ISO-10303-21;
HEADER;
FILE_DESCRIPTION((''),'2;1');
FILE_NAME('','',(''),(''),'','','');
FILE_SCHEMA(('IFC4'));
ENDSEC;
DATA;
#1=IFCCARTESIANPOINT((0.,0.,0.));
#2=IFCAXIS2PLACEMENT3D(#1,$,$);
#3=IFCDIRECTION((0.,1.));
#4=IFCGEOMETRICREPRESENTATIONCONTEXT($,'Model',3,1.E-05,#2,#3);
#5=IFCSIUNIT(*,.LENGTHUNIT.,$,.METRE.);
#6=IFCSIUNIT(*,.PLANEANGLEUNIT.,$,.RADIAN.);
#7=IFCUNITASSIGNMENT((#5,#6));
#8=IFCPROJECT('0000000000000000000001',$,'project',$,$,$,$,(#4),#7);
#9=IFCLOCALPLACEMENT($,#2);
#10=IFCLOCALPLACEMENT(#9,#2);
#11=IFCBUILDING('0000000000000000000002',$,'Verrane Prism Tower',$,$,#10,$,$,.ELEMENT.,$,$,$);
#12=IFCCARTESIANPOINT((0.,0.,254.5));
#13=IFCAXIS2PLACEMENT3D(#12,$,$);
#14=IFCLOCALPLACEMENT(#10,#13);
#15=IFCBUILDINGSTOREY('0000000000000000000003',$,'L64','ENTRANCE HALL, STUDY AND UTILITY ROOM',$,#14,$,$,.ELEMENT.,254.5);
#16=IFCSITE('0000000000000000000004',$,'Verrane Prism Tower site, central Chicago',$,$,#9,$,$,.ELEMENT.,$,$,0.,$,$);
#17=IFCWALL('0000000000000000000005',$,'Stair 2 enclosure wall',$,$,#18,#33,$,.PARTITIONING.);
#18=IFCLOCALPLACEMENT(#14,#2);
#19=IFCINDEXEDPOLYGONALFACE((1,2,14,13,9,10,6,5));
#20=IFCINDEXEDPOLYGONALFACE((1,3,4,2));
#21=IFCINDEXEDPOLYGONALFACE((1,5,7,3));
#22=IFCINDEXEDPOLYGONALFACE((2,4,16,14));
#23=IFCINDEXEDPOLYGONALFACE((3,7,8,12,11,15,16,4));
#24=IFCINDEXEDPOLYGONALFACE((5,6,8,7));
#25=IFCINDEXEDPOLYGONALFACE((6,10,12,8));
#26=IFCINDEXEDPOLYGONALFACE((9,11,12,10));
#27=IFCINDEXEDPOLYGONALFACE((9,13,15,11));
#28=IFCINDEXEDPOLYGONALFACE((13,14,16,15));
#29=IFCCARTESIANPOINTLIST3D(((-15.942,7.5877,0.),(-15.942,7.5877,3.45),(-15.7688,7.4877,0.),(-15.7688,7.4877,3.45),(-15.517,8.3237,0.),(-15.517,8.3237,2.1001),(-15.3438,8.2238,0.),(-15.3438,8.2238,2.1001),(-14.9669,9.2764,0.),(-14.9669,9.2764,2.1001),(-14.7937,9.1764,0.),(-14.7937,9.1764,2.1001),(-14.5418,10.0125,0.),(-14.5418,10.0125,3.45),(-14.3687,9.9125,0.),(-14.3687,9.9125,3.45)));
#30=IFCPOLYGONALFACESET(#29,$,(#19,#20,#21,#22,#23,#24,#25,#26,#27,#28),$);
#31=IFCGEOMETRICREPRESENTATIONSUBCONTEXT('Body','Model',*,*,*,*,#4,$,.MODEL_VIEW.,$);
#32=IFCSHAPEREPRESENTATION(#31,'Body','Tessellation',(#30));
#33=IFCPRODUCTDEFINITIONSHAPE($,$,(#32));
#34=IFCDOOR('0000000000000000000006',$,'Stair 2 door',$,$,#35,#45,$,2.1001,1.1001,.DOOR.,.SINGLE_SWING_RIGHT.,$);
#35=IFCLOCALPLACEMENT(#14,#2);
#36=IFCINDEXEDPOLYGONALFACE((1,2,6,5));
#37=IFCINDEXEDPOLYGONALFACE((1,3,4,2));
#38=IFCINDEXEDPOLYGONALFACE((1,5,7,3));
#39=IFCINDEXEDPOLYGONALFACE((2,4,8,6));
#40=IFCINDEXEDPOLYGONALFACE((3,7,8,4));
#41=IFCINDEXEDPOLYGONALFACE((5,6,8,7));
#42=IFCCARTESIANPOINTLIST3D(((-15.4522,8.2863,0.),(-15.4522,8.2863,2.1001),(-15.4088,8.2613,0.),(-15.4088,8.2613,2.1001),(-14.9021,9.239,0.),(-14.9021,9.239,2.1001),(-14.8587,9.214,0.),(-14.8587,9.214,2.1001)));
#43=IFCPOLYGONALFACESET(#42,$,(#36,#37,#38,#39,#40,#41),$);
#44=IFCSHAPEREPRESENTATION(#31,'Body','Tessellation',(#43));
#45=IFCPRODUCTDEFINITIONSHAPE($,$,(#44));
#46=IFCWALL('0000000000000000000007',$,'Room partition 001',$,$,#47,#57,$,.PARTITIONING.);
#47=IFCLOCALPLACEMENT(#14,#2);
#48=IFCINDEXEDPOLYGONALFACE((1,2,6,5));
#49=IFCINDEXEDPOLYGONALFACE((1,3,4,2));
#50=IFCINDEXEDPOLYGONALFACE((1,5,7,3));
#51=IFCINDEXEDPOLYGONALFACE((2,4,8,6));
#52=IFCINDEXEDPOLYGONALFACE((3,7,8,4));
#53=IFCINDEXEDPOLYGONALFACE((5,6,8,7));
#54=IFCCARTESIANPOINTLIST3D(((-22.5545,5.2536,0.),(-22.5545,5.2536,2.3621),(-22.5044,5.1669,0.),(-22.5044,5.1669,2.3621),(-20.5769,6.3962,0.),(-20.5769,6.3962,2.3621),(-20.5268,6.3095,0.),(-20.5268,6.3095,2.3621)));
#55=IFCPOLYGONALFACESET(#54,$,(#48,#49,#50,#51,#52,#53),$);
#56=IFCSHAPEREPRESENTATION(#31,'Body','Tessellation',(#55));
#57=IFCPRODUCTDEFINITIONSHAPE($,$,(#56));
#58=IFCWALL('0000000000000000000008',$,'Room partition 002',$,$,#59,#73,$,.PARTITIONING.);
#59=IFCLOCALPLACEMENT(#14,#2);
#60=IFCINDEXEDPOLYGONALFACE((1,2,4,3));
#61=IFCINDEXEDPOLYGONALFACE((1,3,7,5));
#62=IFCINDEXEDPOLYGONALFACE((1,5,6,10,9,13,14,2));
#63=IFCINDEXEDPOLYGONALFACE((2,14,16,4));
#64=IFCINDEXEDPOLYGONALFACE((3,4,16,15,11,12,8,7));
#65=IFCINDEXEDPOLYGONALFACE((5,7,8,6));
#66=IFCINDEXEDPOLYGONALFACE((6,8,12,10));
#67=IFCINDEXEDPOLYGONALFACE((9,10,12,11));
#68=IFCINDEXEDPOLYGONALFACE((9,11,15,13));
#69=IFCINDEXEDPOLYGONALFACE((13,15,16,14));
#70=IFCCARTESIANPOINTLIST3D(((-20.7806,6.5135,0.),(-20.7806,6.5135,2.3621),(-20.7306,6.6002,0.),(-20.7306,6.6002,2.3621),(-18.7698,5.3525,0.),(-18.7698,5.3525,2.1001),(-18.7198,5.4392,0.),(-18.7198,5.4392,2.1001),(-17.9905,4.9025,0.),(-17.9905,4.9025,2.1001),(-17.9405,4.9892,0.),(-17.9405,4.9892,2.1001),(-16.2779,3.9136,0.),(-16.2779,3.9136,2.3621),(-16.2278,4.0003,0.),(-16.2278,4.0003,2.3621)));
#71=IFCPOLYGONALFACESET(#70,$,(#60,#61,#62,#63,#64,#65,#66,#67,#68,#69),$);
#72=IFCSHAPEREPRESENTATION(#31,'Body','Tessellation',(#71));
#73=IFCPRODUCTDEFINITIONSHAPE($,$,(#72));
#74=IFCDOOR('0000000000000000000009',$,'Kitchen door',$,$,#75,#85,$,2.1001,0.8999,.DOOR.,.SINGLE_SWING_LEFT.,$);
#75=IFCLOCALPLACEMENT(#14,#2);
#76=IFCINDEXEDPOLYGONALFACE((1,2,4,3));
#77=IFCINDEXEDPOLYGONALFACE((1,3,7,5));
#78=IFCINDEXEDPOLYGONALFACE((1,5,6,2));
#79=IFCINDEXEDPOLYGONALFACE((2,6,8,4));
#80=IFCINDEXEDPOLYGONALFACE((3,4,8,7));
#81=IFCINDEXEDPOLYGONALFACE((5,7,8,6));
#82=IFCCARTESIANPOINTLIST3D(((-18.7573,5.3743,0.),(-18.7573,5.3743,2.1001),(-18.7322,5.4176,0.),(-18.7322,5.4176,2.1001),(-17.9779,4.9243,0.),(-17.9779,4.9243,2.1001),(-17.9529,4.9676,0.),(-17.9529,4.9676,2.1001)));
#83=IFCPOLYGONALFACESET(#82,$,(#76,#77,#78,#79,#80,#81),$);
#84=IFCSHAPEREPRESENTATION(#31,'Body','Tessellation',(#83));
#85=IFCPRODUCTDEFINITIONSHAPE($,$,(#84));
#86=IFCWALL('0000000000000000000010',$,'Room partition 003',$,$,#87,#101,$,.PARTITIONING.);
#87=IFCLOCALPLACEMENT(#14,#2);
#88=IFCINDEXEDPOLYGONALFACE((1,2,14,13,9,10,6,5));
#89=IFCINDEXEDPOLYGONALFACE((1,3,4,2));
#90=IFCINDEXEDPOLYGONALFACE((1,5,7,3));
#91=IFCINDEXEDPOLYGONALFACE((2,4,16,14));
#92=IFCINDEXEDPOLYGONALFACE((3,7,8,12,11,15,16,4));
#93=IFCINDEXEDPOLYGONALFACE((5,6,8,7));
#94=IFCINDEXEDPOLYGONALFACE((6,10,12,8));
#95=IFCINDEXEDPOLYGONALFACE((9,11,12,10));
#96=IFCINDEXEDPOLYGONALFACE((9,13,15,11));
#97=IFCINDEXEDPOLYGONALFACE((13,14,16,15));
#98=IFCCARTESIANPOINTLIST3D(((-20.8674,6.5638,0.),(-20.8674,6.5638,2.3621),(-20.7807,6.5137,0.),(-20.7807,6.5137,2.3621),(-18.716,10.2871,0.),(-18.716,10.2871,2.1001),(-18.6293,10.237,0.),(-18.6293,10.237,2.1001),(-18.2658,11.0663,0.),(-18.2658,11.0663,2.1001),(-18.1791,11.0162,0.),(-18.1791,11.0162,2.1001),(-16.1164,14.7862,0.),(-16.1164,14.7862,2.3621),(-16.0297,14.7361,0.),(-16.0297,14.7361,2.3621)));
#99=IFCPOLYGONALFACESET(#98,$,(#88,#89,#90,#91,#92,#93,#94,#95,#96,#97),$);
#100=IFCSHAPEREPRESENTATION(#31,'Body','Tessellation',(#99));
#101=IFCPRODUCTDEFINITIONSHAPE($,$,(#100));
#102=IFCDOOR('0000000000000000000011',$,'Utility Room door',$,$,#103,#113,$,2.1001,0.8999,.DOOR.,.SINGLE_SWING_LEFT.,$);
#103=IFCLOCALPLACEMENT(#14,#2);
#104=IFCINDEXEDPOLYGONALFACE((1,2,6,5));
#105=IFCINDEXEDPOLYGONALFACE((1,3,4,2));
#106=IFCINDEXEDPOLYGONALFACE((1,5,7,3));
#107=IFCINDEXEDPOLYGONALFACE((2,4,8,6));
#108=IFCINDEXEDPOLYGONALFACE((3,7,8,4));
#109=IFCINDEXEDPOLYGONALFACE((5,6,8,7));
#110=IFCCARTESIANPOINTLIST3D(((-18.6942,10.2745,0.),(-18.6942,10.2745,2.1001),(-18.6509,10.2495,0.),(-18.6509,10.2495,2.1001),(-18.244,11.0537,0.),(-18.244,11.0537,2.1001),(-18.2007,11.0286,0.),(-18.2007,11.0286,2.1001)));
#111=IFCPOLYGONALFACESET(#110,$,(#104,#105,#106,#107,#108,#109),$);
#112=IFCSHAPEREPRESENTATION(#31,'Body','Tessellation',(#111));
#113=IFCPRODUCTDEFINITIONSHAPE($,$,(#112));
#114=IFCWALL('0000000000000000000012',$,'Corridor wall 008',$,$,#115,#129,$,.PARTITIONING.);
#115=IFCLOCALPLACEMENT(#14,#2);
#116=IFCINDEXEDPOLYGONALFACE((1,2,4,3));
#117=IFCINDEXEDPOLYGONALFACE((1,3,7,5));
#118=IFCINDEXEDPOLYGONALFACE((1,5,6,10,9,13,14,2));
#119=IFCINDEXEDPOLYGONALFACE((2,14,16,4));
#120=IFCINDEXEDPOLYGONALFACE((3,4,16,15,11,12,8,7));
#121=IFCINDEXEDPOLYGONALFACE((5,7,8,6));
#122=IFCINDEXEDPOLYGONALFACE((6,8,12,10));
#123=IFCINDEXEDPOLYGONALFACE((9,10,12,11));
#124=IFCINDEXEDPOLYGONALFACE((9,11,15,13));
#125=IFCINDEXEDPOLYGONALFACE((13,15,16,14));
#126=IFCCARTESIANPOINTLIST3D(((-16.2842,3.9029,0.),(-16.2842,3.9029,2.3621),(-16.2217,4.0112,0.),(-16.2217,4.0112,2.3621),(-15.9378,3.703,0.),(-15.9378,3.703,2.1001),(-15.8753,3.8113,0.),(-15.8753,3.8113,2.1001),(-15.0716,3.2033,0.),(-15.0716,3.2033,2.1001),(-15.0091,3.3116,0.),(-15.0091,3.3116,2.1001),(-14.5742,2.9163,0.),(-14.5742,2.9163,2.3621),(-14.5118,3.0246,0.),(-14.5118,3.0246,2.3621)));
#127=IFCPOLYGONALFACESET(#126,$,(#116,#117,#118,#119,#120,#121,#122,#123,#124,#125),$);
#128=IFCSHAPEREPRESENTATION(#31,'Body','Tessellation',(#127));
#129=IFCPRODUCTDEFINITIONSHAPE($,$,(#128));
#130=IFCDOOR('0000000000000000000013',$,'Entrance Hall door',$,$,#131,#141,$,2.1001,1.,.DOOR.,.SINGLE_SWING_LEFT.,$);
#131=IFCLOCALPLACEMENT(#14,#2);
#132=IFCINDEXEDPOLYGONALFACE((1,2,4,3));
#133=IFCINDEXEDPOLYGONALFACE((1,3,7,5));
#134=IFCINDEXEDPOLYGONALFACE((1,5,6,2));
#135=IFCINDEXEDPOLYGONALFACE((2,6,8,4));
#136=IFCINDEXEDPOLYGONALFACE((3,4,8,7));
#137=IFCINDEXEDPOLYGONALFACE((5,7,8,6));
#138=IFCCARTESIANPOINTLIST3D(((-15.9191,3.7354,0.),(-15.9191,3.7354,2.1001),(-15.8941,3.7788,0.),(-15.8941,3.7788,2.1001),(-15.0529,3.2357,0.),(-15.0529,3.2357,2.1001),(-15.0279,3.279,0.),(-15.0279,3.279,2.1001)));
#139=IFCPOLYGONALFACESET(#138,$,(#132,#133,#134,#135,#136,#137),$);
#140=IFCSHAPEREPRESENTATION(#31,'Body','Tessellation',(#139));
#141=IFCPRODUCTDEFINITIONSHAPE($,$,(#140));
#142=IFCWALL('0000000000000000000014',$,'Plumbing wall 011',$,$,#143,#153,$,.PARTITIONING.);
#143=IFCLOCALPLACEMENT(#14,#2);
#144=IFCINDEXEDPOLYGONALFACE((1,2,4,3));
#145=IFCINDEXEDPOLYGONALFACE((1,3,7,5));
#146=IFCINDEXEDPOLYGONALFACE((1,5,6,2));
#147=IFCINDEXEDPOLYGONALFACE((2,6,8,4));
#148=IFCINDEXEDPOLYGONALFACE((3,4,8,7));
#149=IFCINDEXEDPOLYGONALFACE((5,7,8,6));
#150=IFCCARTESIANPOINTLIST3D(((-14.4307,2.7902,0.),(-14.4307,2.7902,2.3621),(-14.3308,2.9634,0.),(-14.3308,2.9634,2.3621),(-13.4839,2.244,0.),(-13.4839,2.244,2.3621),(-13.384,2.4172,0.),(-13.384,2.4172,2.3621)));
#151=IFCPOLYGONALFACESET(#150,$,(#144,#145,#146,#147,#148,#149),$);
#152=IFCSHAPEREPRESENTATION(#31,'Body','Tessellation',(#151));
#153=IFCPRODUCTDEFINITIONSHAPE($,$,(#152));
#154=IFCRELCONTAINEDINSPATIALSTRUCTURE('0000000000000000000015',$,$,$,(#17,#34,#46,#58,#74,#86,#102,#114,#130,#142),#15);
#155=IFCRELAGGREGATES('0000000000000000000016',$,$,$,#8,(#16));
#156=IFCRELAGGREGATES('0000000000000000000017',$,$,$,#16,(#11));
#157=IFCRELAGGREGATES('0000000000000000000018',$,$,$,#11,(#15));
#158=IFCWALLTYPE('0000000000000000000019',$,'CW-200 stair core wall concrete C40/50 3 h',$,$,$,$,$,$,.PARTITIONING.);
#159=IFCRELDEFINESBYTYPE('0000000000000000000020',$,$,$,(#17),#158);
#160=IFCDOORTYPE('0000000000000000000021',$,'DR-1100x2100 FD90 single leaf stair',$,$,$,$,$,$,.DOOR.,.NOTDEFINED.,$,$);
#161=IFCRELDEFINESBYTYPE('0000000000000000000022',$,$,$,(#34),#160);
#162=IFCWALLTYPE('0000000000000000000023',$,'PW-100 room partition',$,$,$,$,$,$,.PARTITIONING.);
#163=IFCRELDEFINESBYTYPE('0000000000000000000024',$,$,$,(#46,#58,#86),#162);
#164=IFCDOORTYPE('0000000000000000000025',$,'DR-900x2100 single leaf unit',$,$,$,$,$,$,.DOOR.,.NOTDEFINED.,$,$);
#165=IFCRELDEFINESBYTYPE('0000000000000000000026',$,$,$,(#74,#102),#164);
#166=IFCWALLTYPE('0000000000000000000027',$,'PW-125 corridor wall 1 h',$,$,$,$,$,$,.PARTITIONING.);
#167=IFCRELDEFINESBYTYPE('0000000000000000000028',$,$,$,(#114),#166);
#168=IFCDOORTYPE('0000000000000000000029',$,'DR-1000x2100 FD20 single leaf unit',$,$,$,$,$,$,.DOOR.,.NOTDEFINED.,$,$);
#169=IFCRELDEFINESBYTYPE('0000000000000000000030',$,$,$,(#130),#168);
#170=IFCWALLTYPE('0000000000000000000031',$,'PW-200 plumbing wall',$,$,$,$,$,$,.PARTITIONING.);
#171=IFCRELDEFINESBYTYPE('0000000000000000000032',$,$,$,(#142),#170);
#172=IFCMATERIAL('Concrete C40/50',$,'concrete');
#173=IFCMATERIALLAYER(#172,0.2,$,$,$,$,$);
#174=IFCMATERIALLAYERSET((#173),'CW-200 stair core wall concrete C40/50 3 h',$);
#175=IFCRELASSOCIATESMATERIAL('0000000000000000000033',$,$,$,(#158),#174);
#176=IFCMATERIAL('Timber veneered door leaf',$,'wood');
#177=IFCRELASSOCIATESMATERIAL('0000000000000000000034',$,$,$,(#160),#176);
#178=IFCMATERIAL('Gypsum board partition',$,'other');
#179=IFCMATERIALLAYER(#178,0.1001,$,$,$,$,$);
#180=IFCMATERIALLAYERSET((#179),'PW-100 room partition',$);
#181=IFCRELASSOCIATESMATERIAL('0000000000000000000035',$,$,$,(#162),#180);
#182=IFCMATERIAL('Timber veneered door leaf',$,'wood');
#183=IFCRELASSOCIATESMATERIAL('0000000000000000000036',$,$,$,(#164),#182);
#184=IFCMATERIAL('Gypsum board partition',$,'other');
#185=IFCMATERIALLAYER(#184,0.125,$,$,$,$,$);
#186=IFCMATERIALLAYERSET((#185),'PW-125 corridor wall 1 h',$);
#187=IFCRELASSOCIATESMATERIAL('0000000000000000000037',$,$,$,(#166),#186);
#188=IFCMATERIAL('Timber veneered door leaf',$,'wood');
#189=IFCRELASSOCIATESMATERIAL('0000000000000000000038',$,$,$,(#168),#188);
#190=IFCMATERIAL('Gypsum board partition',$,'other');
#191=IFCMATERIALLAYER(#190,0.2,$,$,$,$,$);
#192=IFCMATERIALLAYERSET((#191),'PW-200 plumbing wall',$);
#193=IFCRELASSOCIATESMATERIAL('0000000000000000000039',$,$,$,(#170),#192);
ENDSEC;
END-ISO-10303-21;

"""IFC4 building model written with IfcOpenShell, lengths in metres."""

from ifc_helpers import new_model, si_unit, direction, frame, frame_2d, origin, place, context, subcontext, project, spatial, rectangle, extrude, material, layer, layer_set, type_object, element, fill, save


model = new_model("IFC4")

# Units and contexts
model_context = context("Model", 3, precision=1e-05, world=origin(), true_north=direction((0.0, 1.0)))
body_context = subcontext(model_context, "Body", "Model", "MODEL_VIEW")
ifc_project = project(units=[si_unit("LENGTHUNIT", "METRE"), si_unit("PLANEANGLEUNIT", "RADIAN")], contexts=[model_context])

# Site, building, storey
site_placement = place(None, origin())
site = spatial("IfcSite", under=ifc_project, at=site_placement, Name="Verrane Prism Tower site, central Chicago", CompositionType="ELEMENT", RefElevation=0.0)
building_placement = place(site_placement, origin())
building = spatial("IfcBuilding", under=site, at=building_placement, Name="Verrane Prism Tower", CompositionType="ELEMENT")
storey_placement = place(building_placement, frame((0.0, 0.0, 254.5)))
storey = spatial("IfcBuildingStorey", under=building, at=storey_placement, Name="L64", Description="ENTRANCE HALL, STUDY AND UTILITY ROOM", CompositionType="ELEMENT", Elevation=254.5)

# Wall, opening, door
ifc_material_1 = material(Name="Concrete C40/50", Category="concrete")
ifc_layer_1 = layer(ifc_material_1, 0.2)
ifc_layer_set_1 = layer_set([ifc_layer_1], Name="CW-200 stair core wall concrete C40/50 3 h")
wall_type_1 = type_object("IfcWallType", Name="CW-200 stair core wall concrete C40/50 3 h", PredefinedType="PARTITIONING", material=ifc_layer_set_1)
wall_1_placement = place(storey_placement, frame((-14.4553, 9.9624, 0.0), z_axis=(0.0, 0.0, 1.0), x_axis=(-0.50005, -0.865997, 0.0)))
wall_1 = element("IfcWall", 1, at=wall_1_placement, inside=storey, type_object=wall_type_1, Name="Stair 2 enclosure wall", PredefinedType="PARTITIONING", context=body_context, shape_type="SweptSolid", body=[
    extrude(rectangle(XDim=2.8, YDim=0.2, at=frame_2d((1.3999, 0.0))), origin(), (0.0, 0.0, 1.0), 3.45),
])
opening_1_placement = place(wall_1_placement, frame((0.8499, 0.0, 0.0)))
opening_1 = element("IfcOpeningElement", 2, at=opening_1_placement, cuts=wall_1, PredefinedType="OPENING", context=body_context, shape_type="SweptSolid", body=[
    extrude(rectangle(XDim=1.1001, YDim=2.1001, at=frame_2d((0.55, 1.05))), frame((0.0, 0.1099, 0.0), z_axis=(0.0, -1.0, 0.0), x_axis=(1.0, 0.0, 0.0)), (0.0, 0.0, 1.0), 0.22),
])
ifc_material_2 = material(Name="Timber veneered door leaf", Category="wood")
door_type_1 = type_object("IfcDoorType", Name="DR-1100x2100 FD90 single leaf stair", OperationType="NOTDEFINED", PredefinedType="DOOR", material=ifc_material_2)
door_1_placement = place(opening_1_placement, origin())
door_1 = element("IfcDoor", 3, at=door_1_placement, inside=storey, type_object=door_type_1, Name="Stair 2 door", OperationType="SINGLE_SWING_RIGHT", OverallHeight=2.1001, OverallWidth=1.1001, PredefinedType="DOOR", context=body_context, shape_type="SweptSolid", body=[
    extrude(rectangle(XDim=1.1001, YDim=2.1001, at=frame_2d((0.55, 1.05))), frame((0.0, 0.0249, 0.0), z_axis=(0.0, -1.0, 0.0), x_axis=(1.0, 0.0, 0.0)), (0.0, 0.0, 1.0), 0.05),
])
fill(opening_1, door_1)

# Wall
ifc_material_3 = material(Name="Gypsum board partition", Category="other")
ifc_layer_2 = layer(ifc_material_3, 0.1001)
ifc_layer_set_2 = layer_set([ifc_layer_2], Name="PW-100 room partition")
wall_type_2 = type_object("IfcWallType", Name="PW-100 room partition", PredefinedType="PARTITIONING", material=ifc_layer_set_2)
wall_2_placement = place(storey_placement, frame((-22.5295, 5.2102, 0.0), z_axis=(0.0, 0.0, 1.0), x_axis=(0.865865, 0.500278, 0.0)))
element("IfcWall", 4, at=wall_2_placement, inside=storey, type_object=wall_type_2, Name="Room partition 001", PredefinedType="PARTITIONING", context=body_context, shape_type="SweptSolid", body=[
    extrude(rectangle(XDim=2.2839, YDim=0.1001, at=frame_2d((1.1421, 0.0))), origin(), (0.0, 0.0, 1.0), 2.3621),
])

# Walls, openings, doors
wall_3_placement = place(storey_placement, frame((-16.2529, 3.957, 0.0), z_axis=(0.0, 0.0, 1.0), x_axis=(-0.866007, 0.500033, 0.0)))
wall_3 = element("IfcWall", 5, at=wall_3_placement, inside=storey, type_object=wall_type_2, Name="Room partition 002", PredefinedType="PARTITIONING", context=body_context, shape_type="SweptSolid", body=[
    extrude(rectangle(XDim=5.1995, YDim=0.1001, at=frame_2d((2.5996, 0.0))), origin(), (0.0, 0.0, 1.0), 2.3621),
])
opening_2_placement = place(wall_3_placement, frame((1.9775, 0.0, 0.0)))
opening_2 = element("IfcOpeningElement", 6, at=opening_2_placement, cuts=wall_3, PredefinedType="OPENING", context=body_context, shape_type="SweptSolid", body=[
    extrude(rectangle(XDim=0.8999, YDim=2.1001, at=frame_2d((0.45, 1.05))), frame((0.0, 0.0601, 0.0), z_axis=(0.0, -1.0, 0.0), x_axis=(1.0, 0.0, 0.0)), (0.0, 0.0, 1.0), 0.1201),
])
ifc_material_4 = material(Name="Timber veneered door leaf", Category="wood")
door_type_2 = type_object("IfcDoorType", Name="DR-900x2100 single leaf unit", OperationType="NOTDEFINED", PredefinedType="DOOR", material=ifc_material_4)
door_2_placement = place(opening_2_placement, origin())
door_2 = element("IfcDoor", 7, at=door_2_placement, inside=storey, type_object=door_type_2, Name="Kitchen door", OperationType="SINGLE_SWING_LEFT", OverallHeight=2.1001, OverallWidth=0.8999, PredefinedType="DOOR", context=body_context, shape_type="SweptSolid", body=[
    extrude(rectangle(XDim=0.8999, YDim=2.1001, at=frame_2d((0.45, 1.05))), frame((0.0, 0.0249, 0.0), z_axis=(0.0, -1.0, 0.0), x_axis=(1.0, 0.0, 0.0)), (0.0, 0.0, 1.0), 0.05),
])
fill(opening_2, door_2)
wall_4_placement = place(storey_placement, frame((-20.824, 6.5388, 0.0), z_axis=(0.0, 0.0, 1.0), x_axis=(0.500297, 0.865854, 0.0)))
wall_4 = element("IfcWall", 8, at=wall_4_placement, inside=storey, type_object=wall_type_2, Name="Room partition 003", PredefinedType="PARTITIONING", context=body_context, shape_type="SweptSolid", body=[
    extrude(rectangle(XDim=9.4963, YDim=0.1001, at=frame_2d((4.748, 0.0))), origin(), (0.0, 0.0, 1.0), 2.3621),
])
opening_3_placement = place(wall_4_placement, frame((4.3, 0.0, 0.0)))
opening_3 = element("IfcOpeningElement", 9, at=opening_3_placement, cuts=wall_4, PredefinedType="OPENING", context=body_context, shape_type="SweptSolid", body=[
    extrude(rectangle(XDim=0.8999, YDim=2.1001, at=frame_2d((0.45, 1.05))), frame((0.0, 0.0601, 0.0), z_axis=(0.0, -1.0, 0.0), x_axis=(1.0, 0.0, 0.0)), (0.0, 0.0, 1.0), 0.1201),
])
door_3_placement = place(opening_3_placement, origin())
door_3 = element("IfcDoor", 10, at=door_3_placement, inside=storey, type_object=door_type_2, Name="Utility Room door", OperationType="SINGLE_SWING_LEFT", OverallHeight=2.1001, OverallWidth=0.8999, PredefinedType="DOOR", context=body_context, shape_type="SweptSolid", body=[
    extrude(rectangle(XDim=0.8999, YDim=2.1001, at=frame_2d((0.45, 1.05))), frame((0.0, 0.0249, 0.0), z_axis=(0.0, -1.0, 0.0), x_axis=(1.0, 0.0, 0.0)), (0.0, 0.0, 1.0), 0.05),
])
fill(opening_3, door_3)
ifc_material_5 = material(Name="Gypsum board partition", Category="other")
ifc_layer_3 = layer(ifc_material_5, 0.125)
ifc_layer_set_3 = layer_set([ifc_layer_3], Name="PW-125 corridor wall 1 h")
wall_type_3 = type_object("IfcWallType", Name="PW-125 corridor wall 1 h", PredefinedType="PARTITIONING", material=ifc_layer_set_3)
wall_5_placement = place(storey_placement, frame((-16.2529, 3.957, 0.0), z_axis=(0.0, 0.0, 1.0), x_axis=(0.866173, -0.499744, 0.0)))
wall_5 = element("IfcWall", 11, at=wall_5_placement, inside=storey, type_object=wall_type_3, Name="Corridor wall 008", PredefinedType="PARTITIONING", context=body_context, shape_type="SweptSolid", body=[
    extrude(rectangle(XDim=1.9741, YDim=0.125, at=frame_2d((0.9871, 0.0))), origin(), (0.0, 0.0, 1.0), 2.3621),
])
opening_4_placement = place(wall_5_placement, frame((0.3999, 0.0, 0.0)))
opening_4 = element("IfcOpeningElement", 12, at=opening_4_placement, cuts=wall_5, PredefinedType="OPENING", context=body_context, shape_type="SweptSolid", body=[
    extrude(rectangle(XDim=1.0, YDim=2.1001, at=frame_2d((0.5, 1.05))), frame((0.0, 0.0725, 0.0), z_axis=(0.0, -1.0, 0.0), x_axis=(1.0, 0.0, 0.0)), (0.0, 0.0, 1.0), 0.145),
])
ifc_material_6 = material(Name="Timber veneered door leaf", Category="wood")
door_type_3 = type_object("IfcDoorType", Name="DR-1000x2100 FD20 single leaf unit", OperationType="NOTDEFINED", PredefinedType="DOOR", material=ifc_material_6)
door_4_placement = place(opening_4_placement, origin())
door_4 = element("IfcDoor", 13, at=door_4_placement, inside=storey, type_object=door_type_3, Name="Entrance Hall door", OperationType="SINGLE_SWING_LEFT", OverallHeight=2.1001, OverallWidth=1.0, PredefinedType="DOOR", context=body_context, shape_type="SweptSolid", body=[
    extrude(rectangle(XDim=1.0, YDim=2.1001, at=frame_2d((0.5, 1.05))), frame((0.0, 0.0249, 0.0), z_axis=(0.0, -1.0, 0.0), x_axis=(1.0, 0.0, 0.0)), (0.0, 0.0, 1.0), 0.05),
])
fill(opening_4, door_4)

# Wall
ifc_material_7 = material(Name="Gypsum board partition", Category="other")
ifc_layer_4 = layer(ifc_material_7, 0.2)
ifc_layer_set_4 = layer_set([ifc_layer_4], Name="PW-200 plumbing wall")
wall_type_4 = type_object("IfcWallType", Name="PW-200 plumbing wall", PredefinedType="PARTITIONING", material=ifc_layer_set_4)
wall_6_placement = place(storey_placement, frame((-14.3806, 2.8767, 0.0), z_axis=(0.0, 0.0, 1.0), x_axis=(0.866215, -0.499671, 0.0)))
element("IfcWall", 14, at=wall_6_placement, inside=storey, type_object=wall_type_4, Name="Plumbing wall 011", PredefinedType="PARTITIONING", context=body_context, shape_type="SweptSolid", body=[
    extrude(rectangle(XDim=1.093, YDim=0.2, at=frame_2d((0.5464, 0.0))), origin(), (0.0, 0.0, 1.0), 2.3621),
])

save(model, "model.ifc")
